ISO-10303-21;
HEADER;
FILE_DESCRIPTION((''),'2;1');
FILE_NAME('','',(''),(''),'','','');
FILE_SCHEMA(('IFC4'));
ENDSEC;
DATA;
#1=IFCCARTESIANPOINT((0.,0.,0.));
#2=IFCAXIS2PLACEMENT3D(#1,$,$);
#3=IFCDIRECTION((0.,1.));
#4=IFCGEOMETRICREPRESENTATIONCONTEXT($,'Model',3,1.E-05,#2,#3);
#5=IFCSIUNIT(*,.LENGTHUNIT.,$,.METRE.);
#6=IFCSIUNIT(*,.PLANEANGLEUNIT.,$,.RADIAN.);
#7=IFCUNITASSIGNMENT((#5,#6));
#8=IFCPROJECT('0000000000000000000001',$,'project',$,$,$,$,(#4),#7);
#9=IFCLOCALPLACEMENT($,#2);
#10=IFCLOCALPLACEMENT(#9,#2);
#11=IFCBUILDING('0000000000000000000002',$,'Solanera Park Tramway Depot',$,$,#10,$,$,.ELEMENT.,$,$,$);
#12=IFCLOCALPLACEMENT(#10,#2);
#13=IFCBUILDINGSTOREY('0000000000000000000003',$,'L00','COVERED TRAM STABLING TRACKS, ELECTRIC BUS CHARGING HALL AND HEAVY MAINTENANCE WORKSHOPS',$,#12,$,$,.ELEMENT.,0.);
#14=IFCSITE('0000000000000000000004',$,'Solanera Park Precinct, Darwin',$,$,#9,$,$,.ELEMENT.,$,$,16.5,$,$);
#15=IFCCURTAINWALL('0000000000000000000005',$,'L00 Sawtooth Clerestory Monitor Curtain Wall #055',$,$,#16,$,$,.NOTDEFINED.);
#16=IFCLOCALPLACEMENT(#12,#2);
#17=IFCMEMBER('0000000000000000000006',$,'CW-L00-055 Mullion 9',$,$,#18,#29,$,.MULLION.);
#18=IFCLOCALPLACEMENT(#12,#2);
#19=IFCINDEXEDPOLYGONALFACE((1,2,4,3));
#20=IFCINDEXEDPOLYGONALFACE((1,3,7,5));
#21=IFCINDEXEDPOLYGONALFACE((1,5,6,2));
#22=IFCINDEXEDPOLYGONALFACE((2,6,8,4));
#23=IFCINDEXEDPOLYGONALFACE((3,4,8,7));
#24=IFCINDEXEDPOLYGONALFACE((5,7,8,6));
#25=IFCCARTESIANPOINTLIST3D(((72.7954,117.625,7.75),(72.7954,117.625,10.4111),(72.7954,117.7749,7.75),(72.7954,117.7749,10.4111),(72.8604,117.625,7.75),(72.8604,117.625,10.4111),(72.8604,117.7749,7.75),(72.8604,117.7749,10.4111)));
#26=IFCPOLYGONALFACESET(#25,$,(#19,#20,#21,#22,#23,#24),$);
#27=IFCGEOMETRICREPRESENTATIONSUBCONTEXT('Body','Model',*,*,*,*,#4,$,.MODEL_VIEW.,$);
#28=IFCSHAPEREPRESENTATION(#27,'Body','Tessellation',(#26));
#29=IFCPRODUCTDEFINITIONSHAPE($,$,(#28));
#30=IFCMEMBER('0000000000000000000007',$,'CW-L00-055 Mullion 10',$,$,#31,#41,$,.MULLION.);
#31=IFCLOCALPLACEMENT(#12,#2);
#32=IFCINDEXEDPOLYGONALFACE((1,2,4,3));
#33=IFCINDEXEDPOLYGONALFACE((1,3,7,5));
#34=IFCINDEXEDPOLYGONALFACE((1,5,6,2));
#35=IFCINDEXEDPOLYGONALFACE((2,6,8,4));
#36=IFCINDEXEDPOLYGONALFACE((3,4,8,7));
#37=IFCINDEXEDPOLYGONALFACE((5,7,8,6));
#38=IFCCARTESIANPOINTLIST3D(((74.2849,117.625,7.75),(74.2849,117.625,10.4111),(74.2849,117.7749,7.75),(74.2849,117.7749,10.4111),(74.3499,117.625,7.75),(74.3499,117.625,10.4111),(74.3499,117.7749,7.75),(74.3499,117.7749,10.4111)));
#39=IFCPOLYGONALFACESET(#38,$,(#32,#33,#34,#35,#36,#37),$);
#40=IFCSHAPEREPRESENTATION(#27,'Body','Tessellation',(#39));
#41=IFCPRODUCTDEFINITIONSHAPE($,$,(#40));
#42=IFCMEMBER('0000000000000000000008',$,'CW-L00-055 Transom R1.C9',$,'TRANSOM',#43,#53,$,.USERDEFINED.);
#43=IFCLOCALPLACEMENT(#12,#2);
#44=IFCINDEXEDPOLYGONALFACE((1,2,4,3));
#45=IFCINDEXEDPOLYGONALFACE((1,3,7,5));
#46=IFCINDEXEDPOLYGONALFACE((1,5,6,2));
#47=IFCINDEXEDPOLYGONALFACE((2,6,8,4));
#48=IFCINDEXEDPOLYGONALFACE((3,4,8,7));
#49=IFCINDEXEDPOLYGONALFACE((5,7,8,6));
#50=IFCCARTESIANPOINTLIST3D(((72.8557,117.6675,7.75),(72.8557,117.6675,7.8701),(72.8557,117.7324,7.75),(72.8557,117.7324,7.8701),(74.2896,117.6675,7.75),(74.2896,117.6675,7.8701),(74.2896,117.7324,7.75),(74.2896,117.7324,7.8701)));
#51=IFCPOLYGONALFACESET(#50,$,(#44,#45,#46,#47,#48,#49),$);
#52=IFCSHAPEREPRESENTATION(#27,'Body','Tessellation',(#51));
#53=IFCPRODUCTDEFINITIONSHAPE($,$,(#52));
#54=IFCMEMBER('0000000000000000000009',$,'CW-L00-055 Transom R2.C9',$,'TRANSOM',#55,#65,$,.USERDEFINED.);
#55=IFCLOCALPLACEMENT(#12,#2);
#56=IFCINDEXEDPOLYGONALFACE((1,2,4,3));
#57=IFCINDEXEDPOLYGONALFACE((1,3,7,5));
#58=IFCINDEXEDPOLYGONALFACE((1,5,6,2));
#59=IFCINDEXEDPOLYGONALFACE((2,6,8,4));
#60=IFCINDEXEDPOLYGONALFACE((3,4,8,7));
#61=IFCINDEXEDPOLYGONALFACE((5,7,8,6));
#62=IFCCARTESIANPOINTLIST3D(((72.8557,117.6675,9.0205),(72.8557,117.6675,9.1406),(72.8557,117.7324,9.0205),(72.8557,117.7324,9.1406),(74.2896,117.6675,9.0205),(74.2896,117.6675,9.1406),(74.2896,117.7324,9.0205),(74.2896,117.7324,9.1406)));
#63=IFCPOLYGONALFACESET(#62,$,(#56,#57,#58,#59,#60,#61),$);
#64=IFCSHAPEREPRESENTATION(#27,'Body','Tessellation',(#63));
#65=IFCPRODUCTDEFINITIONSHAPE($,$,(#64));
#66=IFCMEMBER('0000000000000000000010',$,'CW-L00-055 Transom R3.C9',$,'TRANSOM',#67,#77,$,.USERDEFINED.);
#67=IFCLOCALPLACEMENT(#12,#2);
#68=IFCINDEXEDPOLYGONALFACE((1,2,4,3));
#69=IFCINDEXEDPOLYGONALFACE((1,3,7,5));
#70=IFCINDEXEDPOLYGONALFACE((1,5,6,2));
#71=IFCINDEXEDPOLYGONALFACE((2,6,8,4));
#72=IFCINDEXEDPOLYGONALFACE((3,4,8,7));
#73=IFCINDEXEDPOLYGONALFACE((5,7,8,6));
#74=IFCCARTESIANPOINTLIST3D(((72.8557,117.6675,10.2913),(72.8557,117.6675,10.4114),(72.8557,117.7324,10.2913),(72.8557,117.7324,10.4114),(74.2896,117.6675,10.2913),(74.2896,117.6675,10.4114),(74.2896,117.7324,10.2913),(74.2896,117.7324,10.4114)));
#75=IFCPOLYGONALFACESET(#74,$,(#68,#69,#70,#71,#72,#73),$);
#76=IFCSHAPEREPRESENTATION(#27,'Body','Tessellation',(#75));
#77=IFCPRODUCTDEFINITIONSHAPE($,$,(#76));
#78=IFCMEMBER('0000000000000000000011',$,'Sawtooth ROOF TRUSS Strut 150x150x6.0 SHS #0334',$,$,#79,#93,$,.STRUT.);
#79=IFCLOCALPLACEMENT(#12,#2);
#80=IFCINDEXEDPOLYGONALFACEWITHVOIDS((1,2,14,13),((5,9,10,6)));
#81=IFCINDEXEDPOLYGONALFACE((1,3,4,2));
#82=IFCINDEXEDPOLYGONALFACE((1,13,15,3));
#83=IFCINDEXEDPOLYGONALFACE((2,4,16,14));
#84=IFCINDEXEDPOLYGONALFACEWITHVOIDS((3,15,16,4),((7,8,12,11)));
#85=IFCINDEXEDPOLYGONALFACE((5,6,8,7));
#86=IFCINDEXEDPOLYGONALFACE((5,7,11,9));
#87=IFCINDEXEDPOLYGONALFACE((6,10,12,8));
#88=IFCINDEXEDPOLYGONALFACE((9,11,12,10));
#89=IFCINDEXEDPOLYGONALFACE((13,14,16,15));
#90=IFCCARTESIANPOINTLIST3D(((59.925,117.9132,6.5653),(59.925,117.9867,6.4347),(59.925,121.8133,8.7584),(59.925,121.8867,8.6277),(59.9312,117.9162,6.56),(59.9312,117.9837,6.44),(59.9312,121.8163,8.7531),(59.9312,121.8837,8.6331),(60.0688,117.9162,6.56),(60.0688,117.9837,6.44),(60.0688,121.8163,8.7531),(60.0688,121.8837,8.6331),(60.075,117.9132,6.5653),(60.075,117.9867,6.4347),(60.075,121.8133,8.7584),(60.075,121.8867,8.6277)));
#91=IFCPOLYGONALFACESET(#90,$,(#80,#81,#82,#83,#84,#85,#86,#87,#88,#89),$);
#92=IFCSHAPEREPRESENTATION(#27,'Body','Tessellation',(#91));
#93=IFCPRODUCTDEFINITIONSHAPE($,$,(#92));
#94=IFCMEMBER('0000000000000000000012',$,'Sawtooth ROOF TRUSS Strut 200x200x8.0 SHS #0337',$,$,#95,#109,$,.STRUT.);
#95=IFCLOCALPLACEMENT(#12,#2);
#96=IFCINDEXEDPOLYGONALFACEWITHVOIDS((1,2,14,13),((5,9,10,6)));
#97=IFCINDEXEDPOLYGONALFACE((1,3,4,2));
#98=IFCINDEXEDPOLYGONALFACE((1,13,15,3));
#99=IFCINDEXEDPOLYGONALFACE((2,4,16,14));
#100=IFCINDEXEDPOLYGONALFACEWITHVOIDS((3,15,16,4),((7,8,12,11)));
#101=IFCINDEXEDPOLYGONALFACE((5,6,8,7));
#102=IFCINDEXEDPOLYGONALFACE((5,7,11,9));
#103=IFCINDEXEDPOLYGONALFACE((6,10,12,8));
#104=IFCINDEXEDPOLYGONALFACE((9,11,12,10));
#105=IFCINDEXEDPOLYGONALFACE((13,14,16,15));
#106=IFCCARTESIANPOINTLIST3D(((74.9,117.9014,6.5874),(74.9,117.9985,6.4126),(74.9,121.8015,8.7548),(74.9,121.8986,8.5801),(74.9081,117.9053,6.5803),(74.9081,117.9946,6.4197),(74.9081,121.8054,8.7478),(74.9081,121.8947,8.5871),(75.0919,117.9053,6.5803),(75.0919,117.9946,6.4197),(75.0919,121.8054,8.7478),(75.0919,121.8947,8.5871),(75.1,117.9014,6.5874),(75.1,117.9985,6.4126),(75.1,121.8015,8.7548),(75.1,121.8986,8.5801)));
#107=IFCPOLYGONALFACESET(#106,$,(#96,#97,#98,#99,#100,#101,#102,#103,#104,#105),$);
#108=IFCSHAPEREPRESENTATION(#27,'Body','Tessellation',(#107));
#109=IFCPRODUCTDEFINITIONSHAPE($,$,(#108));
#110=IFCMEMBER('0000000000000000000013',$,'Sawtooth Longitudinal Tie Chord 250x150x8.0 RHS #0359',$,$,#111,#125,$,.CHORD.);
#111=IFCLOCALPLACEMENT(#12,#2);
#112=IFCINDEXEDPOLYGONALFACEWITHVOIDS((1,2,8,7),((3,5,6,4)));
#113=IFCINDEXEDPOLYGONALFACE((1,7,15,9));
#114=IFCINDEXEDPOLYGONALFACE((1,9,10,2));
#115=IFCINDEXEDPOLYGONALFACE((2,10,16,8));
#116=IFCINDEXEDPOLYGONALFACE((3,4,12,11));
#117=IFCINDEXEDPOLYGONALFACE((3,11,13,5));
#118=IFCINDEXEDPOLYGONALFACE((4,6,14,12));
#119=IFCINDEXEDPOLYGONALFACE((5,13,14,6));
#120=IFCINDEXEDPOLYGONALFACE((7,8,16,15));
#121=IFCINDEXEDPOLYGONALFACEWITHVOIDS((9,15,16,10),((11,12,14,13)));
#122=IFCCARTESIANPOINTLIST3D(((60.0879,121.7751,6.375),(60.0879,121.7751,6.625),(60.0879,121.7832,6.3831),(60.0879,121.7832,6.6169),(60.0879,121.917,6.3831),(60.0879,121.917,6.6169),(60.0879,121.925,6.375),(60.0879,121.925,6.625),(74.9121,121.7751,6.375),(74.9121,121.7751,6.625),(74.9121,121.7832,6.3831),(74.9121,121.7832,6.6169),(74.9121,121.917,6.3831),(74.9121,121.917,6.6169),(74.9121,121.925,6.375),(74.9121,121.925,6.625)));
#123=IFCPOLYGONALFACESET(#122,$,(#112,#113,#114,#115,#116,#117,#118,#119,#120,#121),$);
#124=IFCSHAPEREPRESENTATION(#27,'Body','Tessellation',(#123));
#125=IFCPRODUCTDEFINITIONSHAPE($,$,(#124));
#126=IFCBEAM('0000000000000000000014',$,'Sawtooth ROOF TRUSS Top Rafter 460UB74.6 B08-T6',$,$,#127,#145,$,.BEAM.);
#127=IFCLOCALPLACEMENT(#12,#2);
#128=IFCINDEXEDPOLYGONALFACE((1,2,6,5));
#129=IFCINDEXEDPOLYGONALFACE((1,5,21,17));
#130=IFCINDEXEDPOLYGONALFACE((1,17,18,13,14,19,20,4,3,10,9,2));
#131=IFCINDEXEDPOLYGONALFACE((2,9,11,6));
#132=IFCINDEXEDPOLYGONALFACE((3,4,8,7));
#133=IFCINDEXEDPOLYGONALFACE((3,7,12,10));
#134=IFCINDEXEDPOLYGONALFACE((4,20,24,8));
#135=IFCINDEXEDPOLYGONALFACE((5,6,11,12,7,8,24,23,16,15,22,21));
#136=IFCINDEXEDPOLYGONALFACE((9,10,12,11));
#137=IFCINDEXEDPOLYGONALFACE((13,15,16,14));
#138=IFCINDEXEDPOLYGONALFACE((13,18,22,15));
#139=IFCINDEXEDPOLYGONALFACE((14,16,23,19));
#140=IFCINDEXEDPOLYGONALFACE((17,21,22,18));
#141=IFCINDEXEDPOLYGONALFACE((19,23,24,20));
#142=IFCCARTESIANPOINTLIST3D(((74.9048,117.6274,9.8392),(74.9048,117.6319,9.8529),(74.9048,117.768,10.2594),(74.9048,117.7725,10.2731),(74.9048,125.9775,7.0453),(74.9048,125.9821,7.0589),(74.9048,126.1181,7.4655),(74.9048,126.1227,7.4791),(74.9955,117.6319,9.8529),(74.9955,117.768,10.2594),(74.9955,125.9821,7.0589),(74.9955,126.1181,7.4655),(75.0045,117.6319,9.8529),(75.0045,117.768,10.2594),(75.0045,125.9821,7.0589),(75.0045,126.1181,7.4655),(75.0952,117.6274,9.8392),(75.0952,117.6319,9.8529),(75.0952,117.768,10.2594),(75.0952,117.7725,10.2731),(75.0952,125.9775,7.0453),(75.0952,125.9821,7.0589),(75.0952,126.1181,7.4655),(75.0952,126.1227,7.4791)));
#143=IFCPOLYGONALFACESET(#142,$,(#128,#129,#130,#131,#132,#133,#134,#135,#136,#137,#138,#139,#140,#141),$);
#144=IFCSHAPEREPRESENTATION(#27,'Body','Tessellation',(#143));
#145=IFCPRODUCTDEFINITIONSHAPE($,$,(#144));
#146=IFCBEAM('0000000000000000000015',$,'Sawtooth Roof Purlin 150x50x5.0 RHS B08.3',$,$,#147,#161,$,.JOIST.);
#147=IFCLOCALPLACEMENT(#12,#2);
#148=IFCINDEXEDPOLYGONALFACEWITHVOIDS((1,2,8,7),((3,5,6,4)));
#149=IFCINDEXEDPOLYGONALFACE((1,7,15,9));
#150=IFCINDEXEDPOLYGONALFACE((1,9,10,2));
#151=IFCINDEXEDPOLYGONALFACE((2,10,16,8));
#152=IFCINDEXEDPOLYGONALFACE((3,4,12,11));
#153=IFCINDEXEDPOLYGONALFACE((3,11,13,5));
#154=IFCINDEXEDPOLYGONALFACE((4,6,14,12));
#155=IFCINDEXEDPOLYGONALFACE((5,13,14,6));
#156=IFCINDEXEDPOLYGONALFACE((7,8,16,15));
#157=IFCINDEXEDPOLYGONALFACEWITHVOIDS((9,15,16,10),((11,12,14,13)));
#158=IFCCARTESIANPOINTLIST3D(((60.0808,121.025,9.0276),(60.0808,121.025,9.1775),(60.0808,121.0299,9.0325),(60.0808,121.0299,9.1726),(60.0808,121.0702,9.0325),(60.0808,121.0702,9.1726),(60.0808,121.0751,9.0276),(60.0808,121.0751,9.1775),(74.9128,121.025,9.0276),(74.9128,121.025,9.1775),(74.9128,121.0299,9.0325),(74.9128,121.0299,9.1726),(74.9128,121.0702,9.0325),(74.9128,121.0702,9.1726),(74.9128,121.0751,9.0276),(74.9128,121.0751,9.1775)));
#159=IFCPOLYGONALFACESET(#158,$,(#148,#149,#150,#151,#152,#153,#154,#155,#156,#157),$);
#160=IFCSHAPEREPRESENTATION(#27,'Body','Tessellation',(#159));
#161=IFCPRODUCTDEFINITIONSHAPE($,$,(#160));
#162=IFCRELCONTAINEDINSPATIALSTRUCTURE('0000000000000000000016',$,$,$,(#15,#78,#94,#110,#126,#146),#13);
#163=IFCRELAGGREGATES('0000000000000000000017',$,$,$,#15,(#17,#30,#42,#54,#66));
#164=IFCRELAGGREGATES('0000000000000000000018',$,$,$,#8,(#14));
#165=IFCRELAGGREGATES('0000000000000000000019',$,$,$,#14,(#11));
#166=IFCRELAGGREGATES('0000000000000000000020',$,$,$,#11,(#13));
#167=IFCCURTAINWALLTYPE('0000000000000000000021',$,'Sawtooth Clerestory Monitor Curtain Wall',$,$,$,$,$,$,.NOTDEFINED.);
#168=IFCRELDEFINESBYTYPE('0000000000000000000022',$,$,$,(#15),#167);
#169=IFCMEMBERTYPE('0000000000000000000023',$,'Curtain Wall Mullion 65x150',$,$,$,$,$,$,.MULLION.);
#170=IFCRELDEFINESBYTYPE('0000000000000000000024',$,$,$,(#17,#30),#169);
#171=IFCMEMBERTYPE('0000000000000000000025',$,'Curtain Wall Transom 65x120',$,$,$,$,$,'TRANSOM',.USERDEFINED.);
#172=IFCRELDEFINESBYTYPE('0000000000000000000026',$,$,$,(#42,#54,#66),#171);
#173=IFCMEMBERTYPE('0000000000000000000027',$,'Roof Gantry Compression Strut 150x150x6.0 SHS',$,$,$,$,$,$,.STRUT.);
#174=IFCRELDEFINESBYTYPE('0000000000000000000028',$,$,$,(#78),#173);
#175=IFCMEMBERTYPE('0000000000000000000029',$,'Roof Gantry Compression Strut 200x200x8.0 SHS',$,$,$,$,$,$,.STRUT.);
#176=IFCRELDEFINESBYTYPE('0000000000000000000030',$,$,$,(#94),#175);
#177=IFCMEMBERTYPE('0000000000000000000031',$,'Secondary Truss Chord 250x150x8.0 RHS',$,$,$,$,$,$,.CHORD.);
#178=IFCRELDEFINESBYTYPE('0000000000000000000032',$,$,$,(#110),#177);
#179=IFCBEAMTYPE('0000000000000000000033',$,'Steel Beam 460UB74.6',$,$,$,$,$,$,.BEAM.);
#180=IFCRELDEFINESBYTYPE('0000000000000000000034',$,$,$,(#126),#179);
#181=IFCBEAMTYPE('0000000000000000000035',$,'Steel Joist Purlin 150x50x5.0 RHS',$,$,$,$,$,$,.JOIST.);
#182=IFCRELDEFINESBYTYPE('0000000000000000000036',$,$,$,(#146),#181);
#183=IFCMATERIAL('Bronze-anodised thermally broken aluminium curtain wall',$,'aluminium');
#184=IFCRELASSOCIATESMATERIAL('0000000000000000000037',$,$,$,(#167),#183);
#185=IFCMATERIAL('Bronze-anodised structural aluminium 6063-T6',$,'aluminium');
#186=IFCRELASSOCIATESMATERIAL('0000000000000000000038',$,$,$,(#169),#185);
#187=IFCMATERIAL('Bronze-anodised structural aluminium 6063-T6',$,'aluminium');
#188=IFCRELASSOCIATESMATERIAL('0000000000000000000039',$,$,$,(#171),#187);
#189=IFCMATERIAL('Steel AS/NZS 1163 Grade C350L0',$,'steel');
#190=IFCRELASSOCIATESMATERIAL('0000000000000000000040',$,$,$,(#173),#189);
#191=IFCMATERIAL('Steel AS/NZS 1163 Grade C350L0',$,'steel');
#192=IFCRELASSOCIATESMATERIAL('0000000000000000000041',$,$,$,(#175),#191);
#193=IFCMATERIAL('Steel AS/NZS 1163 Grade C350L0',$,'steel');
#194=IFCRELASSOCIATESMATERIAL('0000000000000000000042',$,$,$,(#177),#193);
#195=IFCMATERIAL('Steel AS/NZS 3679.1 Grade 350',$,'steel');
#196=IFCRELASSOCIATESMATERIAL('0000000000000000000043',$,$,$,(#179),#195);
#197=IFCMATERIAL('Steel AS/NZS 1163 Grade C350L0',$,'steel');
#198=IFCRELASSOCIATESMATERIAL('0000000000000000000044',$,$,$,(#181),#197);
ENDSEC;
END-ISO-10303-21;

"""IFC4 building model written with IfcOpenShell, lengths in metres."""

from ifc_helpers import new_model, si_unit, direction, frame, origin, origin_2d, place, context, subcontext, project, spatial, rectangle, hollow_rectangle, i_section, extrude, material, material_profile, profile_set, type_object, element, aggregate, save


model = new_model("IFC4")

# Units and contexts
model_context = context("Model", 3, precision=1e-05, world=origin(), true_north=direction((0.0, 1.0)))
body_context = subcontext(model_context, "Body", "Model", "MODEL_VIEW")
ifc_project = project(units=[si_unit("LENGTHUNIT", "METRE"), si_unit("PLANEANGLEUNIT", "RADIAN")], contexts=[model_context])

# Site, building, storey
site_placement = place(None, origin())
site = spatial("IfcSite", under=ifc_project, at=site_placement, Name="Solanera Park Precinct, Darwin", CompositionType="ELEMENT", RefElevation=16.5)
building_placement = place(site_placement, origin())
building = spatial("IfcBuilding", under=site, at=building_placement, Name="Solanera Park Tramway Depot", CompositionType="ELEMENT")
storey_placement = place(building_placement, origin())
storey = spatial("IfcBuildingStorey", under=building, at=storey_placement, Name="L00", Description="COVERED TRAM STABLING TRACKS, ELECTRIC BUS CHARGING HALL AND HEAVY MAINTENANCE WORKSHOPS", CompositionType="ELEMENT", Elevation=0.0)

# Curtain wall, members
ifc_material_1 = material(Name="Bronze-anodised thermally broken aluminium curtain wall", Category="aluminium")
curtain_wall_type = type_object("IfcCurtainWallType", Name="Sawtooth Clerestory Monitor Curtain Wall", PredefinedType="NOTDEFINED", material=ifc_material_1)
curtain_wall_placement = place(storey_placement, origin())
curtain_wall = element("IfcCurtainWall", 1, at=curtain_wall_placement, inside=storey, type_object=curtain_wall_type, Name="L00 Sawtooth Clerestory Monitor Curtain Wall #055", PredefinedType="NOTDEFINED")
ifc_material_2 = material(Name="Bronze-anodised structural aluminium 6063-T6", Category="aluminium")
ifc_material_profile_1 = material_profile(ifc_material_2, rectangle(XDim=0.0649, YDim=0.1499, at=origin_2d()), Name="Curtain Wall Mullion 65x150")
ifc_profile_set_1 = profile_set([ifc_material_profile_1], Name="Bronze-anodised structural aluminium 6063-T6")
member_type_1 = type_object("IfcMemberType", Name="Curtain Wall Mullion 65x150", PredefinedType="MULLION", material=ifc_profile_set_1)
member_1_placement = place(storey_placement, frame((72.8279, 117.7, 7.75), z_axis=(0.0, 0.0, 1.0), x_axis=(1.0, 0.0, 0.0)))
member_1 = element("IfcMember", 2, at=member_1_placement, type_object=member_type_1, Name="CW-L00-055 Mullion 9", PredefinedType="MULLION", context=body_context, shape_type="SweptSolid", body=[
    extrude(rectangle(XDim=0.0649, YDim=0.1499, at=origin_2d()), origin(), (0.0, 0.0, 1.0), 2.6611),
])
member_2_placement = place(storey_placement, frame((74.3174, 117.7, 7.75), z_axis=(0.0, 0.0, 1.0), x_axis=(1.0, 0.0, 0.0)))
member_2 = element("IfcMember", 3, at=member_2_placement, type_object=member_type_1, Name="CW-L00-055 Mullion 10", PredefinedType="MULLION", context=body_context, shape_type="SweptSolid", body=[
    extrude(rectangle(XDim=0.0649, YDim=0.1499, at=origin_2d()), origin(), (0.0, 0.0, 1.0), 2.6611),
])
ifc_material_3 = material(Name="Bronze-anodised structural aluminium 6063-T6", Category="aluminium")
ifc_material_profile_2 = material_profile(ifc_material_3, rectangle(XDim=0.0649, YDim=0.1201, at=origin_2d()), Name="Curtain Wall Transom 65x120")
ifc_profile_set_2 = profile_set([ifc_material_profile_2], Name="Bronze-anodised structural aluminium 6063-T6")
member_type_2 = type_object("IfcMemberType", Name="Curtain Wall Transom 65x120", ElementType="TRANSOM", PredefinedType="USERDEFINED", material=ifc_profile_set_2)
member_3_placement = place(storey_placement, frame((72.8557, 117.7, 7.8101), z_axis=(1.0, 0.0, 0.0), x_axis=(0.0, 1.0, 0.0)))
member_3 = element("IfcMember", 4, at=member_3_placement, type_object=member_type_2, Name="CW-L00-055 Transom R1.C9", ObjectType="TRANSOM", PredefinedType="USERDEFINED", context=body_context, shape_type="SweptSolid", body=[
    extrude(rectangle(XDim=0.0649, YDim=0.1201, at=origin_2d()), origin(), (0.0, 0.0, 1.0), 1.4338),
])
member_4_placement = place(storey_placement, frame((72.8557, 117.7, 9.0806), z_axis=(1.0, 0.0, 0.0), x_axis=(0.0, 1.0, 0.0)))
member_4 = element("IfcMember", 5, at=member_4_placement, type_object=member_type_2, Name="CW-L00-055 Transom R2.C9", ObjectType="TRANSOM", PredefinedType="USERDEFINED", context=body_context, shape_type="SweptSolid", body=[
    extrude(rectangle(XDim=0.0649, YDim=0.1201, at=origin_2d()), origin(), (0.0, 0.0, 1.0), 1.4338),
])
member_5_placement = place(storey_placement, frame((72.8557, 117.7, 10.3513), z_axis=(1.0, 0.0, 0.0), x_axis=(0.0, 1.0, 0.0)))
member_5 = element("IfcMember", 6, at=member_5_placement, type_object=member_type_2, Name="CW-L00-055 Transom R3.C9", ObjectType="TRANSOM", PredefinedType="USERDEFINED", context=body_context, shape_type="SweptSolid", body=[
    extrude(rectangle(XDim=0.0649, YDim=0.1201, at=origin_2d()), origin(), (0.0, 0.0, 1.0), 1.4338),
])

# Members
ifc_material_4 = material(Name="Steel AS/NZS 1163 Grade C350L0", Category="steel")
ifc_material_profile_3 = material_profile(ifc_material_4, hollow_rectangle(XDim=0.1499, YDim=0.1499, WallThickness=0.0061, at=origin_2d()), Name="150x150x6.0 SHS")
ifc_profile_set_3 = profile_set([ifc_material_profile_3], Name="Steel AS/NZS 1163 Grade C350L0")
member_type_3 = type_object("IfcMemberType", Name="Roof Gantry Compression Strut 150x150x6.0 SHS", PredefinedType="STRUT", material=ifc_profile_set_3)
member_6_placement = place(storey_placement, frame((60.0, 117.95, 6.5), z_axis=(0.0, 0.871644, 0.490139), x_axis=(-1.0, 0.0, 0.0)))
element("IfcMember", 7, at=member_6_placement, inside=storey, type_object=member_type_3, Name="Sawtooth ROOF TRUSS Strut 150x150x6.0 SHS #0334", PredefinedType="STRUT", context=body_context, shape_type="SweptSolid", body=[
    extrude(hollow_rectangle(XDim=0.1499, YDim=0.1499, WallThickness=0.0061, at=origin_2d()), origin(), (0.0, 0.0, 1.0), 4.4744),
])
ifc_material_5 = material(Name="Steel AS/NZS 1163 Grade C350L0", Category="steel")
ifc_material_profile_4 = material_profile(ifc_material_5, hollow_rectangle(XDim=0.2, YDim=0.2, WallThickness=0.0081, at=origin_2d()), Name="200x200x8.0 SHS")
ifc_profile_set_4 = profile_set([ifc_material_profile_4], Name="Steel AS/NZS 1163 Grade C350L0")
member_type_4 = type_object("IfcMemberType", Name="Roof Gantry Compression Strut 200x200x8.0 SHS", PredefinedType="STRUT", material=ifc_profile_set_4)
member_7_placement = place(storey_placement, frame((75.0, 117.95, 6.5), z_axis=(0.0, 0.874088, 0.485768), x_axis=(-1.0, 0.0, 0.0)))
element("IfcMember", 8, at=member_7_placement, inside=storey, type_object=member_type_4, Name="Sawtooth ROOF TRUSS Strut 200x200x8.0 SHS #0337", PredefinedType="STRUT", context=body_context, shape_type="SweptSolid", body=[
    extrude(hollow_rectangle(XDim=0.2, YDim=0.2, WallThickness=0.0081, at=origin_2d()), origin(), (0.0, 0.0, 1.0), 4.4619),
])
ifc_material_6 = material(Name="Steel AS/NZS 1163 Grade C350L0", Category="steel")
ifc_material_profile_5 = material_profile(ifc_material_6, hollow_rectangle(XDim=0.1499, YDim=0.25, WallThickness=0.0081, at=origin_2d()), Name="250x150x8.0 RHS")
ifc_profile_set_5 = profile_set([ifc_material_profile_5], Name="Steel AS/NZS 1163 Grade C350L0")
member_type_5 = type_object("IfcMemberType", Name="Secondary Truss Chord 250x150x8.0 RHS", PredefinedType="CHORD", material=ifc_profile_set_5)
member_8_placement = place(storey_placement, frame((60.0879, 121.8501, 6.5), z_axis=(1.0, 0.0, 0.0), x_axis=(0.0, 1.0, 0.0)))
element("IfcMember", 9, at=member_8_placement, inside=storey, type_object=member_type_5, Name="Sawtooth Longitudinal Tie Chord 250x150x8.0 RHS #0359", PredefinedType="CHORD", context=body_context, shape_type="SweptSolid", body=[
    extrude(hollow_rectangle(XDim=0.1499, YDim=0.25, WallThickness=0.0081, at=origin_2d()), origin(), (0.0, 0.0, 1.0), 14.8242),
])

# Beams
ifc_material_7 = material(Name="Steel AS/NZS 3679.1 Grade 350", Category="steel")
ifc_material_profile_6 = material_profile(ifc_material_7, i_section(OverallWidth=0.1904, OverallDepth=0.4575, WebThickness=0.009, FlangeThickness=0.0144, at=origin_2d()), Name="460UB74.6")
ifc_profile_set_6 = profile_set([ifc_material_profile_6], Name="Steel AS/NZS 3679.1 Grade 350")
beam_type_1 = type_object("IfcBeamType", Name="Steel Beam 460UB74.6", PredefinedType="BEAM", material=ifc_profile_set_6)
beam_1_placement = place(storey_placement, frame((75.0, 117.7, 10.0562), z_axis=(0.0, 0.948322, -0.317309), x_axis=(-1.0, 0.0, 0.0)))
element("IfcBeam", 10, at=beam_1_placement, inside=storey, type_object=beam_type_1, Name="Sawtooth ROOF TRUSS Top Rafter 460UB74.6 B08-T6", PredefinedType="BEAM", context=body_context, shape_type="SweptSolid", body=[
    extrude(i_section(OverallWidth=0.1904, OverallDepth=0.4575, WebThickness=0.009, FlangeThickness=0.0144, at=origin_2d()), origin(), (0.0, 0.0, 1.0), 8.8052),
])
ifc_material_8 = material(Name="Steel AS/NZS 1163 Grade C350L0", Category="steel")
ifc_material_profile_7 = material_profile(ifc_material_8, hollow_rectangle(XDim=0.05, YDim=0.1499, WallThickness=0.0049, at=origin_2d()), Name="150x50x5.0 RHS")
ifc_profile_set_7 = profile_set([ifc_material_profile_7], Name="Steel AS/NZS 1163 Grade C350L0")
beam_type_2 = type_object("IfcBeamType", Name="Steel Joist Purlin 150x50x5.0 RHS", PredefinedType="JOIST", material=ifc_profile_set_7)
beam_2_placement = place(storey_placement, frame((60.0808, 121.05, 9.1025), z_axis=(1.0, 0.0, 0.0), x_axis=(0.0, 1.0, 0.0)))
element("IfcBeam", 11, at=beam_2_placement, inside=storey, type_object=beam_type_2, Name="Sawtooth Roof Purlin 150x50x5.0 RHS B08.3", PredefinedType="JOIST", context=body_context, shape_type="SweptSolid", body=[
    extrude(hollow_rectangle(XDim=0.05, YDim=0.1499, WallThickness=0.0049, at=origin_2d()), origin(), (0.0, 0.0, 1.0), 14.832),
])

aggregate(curtain_wall, [member_1, member_2, member_3, member_4, member_5])

save(model, "model.ifc")
